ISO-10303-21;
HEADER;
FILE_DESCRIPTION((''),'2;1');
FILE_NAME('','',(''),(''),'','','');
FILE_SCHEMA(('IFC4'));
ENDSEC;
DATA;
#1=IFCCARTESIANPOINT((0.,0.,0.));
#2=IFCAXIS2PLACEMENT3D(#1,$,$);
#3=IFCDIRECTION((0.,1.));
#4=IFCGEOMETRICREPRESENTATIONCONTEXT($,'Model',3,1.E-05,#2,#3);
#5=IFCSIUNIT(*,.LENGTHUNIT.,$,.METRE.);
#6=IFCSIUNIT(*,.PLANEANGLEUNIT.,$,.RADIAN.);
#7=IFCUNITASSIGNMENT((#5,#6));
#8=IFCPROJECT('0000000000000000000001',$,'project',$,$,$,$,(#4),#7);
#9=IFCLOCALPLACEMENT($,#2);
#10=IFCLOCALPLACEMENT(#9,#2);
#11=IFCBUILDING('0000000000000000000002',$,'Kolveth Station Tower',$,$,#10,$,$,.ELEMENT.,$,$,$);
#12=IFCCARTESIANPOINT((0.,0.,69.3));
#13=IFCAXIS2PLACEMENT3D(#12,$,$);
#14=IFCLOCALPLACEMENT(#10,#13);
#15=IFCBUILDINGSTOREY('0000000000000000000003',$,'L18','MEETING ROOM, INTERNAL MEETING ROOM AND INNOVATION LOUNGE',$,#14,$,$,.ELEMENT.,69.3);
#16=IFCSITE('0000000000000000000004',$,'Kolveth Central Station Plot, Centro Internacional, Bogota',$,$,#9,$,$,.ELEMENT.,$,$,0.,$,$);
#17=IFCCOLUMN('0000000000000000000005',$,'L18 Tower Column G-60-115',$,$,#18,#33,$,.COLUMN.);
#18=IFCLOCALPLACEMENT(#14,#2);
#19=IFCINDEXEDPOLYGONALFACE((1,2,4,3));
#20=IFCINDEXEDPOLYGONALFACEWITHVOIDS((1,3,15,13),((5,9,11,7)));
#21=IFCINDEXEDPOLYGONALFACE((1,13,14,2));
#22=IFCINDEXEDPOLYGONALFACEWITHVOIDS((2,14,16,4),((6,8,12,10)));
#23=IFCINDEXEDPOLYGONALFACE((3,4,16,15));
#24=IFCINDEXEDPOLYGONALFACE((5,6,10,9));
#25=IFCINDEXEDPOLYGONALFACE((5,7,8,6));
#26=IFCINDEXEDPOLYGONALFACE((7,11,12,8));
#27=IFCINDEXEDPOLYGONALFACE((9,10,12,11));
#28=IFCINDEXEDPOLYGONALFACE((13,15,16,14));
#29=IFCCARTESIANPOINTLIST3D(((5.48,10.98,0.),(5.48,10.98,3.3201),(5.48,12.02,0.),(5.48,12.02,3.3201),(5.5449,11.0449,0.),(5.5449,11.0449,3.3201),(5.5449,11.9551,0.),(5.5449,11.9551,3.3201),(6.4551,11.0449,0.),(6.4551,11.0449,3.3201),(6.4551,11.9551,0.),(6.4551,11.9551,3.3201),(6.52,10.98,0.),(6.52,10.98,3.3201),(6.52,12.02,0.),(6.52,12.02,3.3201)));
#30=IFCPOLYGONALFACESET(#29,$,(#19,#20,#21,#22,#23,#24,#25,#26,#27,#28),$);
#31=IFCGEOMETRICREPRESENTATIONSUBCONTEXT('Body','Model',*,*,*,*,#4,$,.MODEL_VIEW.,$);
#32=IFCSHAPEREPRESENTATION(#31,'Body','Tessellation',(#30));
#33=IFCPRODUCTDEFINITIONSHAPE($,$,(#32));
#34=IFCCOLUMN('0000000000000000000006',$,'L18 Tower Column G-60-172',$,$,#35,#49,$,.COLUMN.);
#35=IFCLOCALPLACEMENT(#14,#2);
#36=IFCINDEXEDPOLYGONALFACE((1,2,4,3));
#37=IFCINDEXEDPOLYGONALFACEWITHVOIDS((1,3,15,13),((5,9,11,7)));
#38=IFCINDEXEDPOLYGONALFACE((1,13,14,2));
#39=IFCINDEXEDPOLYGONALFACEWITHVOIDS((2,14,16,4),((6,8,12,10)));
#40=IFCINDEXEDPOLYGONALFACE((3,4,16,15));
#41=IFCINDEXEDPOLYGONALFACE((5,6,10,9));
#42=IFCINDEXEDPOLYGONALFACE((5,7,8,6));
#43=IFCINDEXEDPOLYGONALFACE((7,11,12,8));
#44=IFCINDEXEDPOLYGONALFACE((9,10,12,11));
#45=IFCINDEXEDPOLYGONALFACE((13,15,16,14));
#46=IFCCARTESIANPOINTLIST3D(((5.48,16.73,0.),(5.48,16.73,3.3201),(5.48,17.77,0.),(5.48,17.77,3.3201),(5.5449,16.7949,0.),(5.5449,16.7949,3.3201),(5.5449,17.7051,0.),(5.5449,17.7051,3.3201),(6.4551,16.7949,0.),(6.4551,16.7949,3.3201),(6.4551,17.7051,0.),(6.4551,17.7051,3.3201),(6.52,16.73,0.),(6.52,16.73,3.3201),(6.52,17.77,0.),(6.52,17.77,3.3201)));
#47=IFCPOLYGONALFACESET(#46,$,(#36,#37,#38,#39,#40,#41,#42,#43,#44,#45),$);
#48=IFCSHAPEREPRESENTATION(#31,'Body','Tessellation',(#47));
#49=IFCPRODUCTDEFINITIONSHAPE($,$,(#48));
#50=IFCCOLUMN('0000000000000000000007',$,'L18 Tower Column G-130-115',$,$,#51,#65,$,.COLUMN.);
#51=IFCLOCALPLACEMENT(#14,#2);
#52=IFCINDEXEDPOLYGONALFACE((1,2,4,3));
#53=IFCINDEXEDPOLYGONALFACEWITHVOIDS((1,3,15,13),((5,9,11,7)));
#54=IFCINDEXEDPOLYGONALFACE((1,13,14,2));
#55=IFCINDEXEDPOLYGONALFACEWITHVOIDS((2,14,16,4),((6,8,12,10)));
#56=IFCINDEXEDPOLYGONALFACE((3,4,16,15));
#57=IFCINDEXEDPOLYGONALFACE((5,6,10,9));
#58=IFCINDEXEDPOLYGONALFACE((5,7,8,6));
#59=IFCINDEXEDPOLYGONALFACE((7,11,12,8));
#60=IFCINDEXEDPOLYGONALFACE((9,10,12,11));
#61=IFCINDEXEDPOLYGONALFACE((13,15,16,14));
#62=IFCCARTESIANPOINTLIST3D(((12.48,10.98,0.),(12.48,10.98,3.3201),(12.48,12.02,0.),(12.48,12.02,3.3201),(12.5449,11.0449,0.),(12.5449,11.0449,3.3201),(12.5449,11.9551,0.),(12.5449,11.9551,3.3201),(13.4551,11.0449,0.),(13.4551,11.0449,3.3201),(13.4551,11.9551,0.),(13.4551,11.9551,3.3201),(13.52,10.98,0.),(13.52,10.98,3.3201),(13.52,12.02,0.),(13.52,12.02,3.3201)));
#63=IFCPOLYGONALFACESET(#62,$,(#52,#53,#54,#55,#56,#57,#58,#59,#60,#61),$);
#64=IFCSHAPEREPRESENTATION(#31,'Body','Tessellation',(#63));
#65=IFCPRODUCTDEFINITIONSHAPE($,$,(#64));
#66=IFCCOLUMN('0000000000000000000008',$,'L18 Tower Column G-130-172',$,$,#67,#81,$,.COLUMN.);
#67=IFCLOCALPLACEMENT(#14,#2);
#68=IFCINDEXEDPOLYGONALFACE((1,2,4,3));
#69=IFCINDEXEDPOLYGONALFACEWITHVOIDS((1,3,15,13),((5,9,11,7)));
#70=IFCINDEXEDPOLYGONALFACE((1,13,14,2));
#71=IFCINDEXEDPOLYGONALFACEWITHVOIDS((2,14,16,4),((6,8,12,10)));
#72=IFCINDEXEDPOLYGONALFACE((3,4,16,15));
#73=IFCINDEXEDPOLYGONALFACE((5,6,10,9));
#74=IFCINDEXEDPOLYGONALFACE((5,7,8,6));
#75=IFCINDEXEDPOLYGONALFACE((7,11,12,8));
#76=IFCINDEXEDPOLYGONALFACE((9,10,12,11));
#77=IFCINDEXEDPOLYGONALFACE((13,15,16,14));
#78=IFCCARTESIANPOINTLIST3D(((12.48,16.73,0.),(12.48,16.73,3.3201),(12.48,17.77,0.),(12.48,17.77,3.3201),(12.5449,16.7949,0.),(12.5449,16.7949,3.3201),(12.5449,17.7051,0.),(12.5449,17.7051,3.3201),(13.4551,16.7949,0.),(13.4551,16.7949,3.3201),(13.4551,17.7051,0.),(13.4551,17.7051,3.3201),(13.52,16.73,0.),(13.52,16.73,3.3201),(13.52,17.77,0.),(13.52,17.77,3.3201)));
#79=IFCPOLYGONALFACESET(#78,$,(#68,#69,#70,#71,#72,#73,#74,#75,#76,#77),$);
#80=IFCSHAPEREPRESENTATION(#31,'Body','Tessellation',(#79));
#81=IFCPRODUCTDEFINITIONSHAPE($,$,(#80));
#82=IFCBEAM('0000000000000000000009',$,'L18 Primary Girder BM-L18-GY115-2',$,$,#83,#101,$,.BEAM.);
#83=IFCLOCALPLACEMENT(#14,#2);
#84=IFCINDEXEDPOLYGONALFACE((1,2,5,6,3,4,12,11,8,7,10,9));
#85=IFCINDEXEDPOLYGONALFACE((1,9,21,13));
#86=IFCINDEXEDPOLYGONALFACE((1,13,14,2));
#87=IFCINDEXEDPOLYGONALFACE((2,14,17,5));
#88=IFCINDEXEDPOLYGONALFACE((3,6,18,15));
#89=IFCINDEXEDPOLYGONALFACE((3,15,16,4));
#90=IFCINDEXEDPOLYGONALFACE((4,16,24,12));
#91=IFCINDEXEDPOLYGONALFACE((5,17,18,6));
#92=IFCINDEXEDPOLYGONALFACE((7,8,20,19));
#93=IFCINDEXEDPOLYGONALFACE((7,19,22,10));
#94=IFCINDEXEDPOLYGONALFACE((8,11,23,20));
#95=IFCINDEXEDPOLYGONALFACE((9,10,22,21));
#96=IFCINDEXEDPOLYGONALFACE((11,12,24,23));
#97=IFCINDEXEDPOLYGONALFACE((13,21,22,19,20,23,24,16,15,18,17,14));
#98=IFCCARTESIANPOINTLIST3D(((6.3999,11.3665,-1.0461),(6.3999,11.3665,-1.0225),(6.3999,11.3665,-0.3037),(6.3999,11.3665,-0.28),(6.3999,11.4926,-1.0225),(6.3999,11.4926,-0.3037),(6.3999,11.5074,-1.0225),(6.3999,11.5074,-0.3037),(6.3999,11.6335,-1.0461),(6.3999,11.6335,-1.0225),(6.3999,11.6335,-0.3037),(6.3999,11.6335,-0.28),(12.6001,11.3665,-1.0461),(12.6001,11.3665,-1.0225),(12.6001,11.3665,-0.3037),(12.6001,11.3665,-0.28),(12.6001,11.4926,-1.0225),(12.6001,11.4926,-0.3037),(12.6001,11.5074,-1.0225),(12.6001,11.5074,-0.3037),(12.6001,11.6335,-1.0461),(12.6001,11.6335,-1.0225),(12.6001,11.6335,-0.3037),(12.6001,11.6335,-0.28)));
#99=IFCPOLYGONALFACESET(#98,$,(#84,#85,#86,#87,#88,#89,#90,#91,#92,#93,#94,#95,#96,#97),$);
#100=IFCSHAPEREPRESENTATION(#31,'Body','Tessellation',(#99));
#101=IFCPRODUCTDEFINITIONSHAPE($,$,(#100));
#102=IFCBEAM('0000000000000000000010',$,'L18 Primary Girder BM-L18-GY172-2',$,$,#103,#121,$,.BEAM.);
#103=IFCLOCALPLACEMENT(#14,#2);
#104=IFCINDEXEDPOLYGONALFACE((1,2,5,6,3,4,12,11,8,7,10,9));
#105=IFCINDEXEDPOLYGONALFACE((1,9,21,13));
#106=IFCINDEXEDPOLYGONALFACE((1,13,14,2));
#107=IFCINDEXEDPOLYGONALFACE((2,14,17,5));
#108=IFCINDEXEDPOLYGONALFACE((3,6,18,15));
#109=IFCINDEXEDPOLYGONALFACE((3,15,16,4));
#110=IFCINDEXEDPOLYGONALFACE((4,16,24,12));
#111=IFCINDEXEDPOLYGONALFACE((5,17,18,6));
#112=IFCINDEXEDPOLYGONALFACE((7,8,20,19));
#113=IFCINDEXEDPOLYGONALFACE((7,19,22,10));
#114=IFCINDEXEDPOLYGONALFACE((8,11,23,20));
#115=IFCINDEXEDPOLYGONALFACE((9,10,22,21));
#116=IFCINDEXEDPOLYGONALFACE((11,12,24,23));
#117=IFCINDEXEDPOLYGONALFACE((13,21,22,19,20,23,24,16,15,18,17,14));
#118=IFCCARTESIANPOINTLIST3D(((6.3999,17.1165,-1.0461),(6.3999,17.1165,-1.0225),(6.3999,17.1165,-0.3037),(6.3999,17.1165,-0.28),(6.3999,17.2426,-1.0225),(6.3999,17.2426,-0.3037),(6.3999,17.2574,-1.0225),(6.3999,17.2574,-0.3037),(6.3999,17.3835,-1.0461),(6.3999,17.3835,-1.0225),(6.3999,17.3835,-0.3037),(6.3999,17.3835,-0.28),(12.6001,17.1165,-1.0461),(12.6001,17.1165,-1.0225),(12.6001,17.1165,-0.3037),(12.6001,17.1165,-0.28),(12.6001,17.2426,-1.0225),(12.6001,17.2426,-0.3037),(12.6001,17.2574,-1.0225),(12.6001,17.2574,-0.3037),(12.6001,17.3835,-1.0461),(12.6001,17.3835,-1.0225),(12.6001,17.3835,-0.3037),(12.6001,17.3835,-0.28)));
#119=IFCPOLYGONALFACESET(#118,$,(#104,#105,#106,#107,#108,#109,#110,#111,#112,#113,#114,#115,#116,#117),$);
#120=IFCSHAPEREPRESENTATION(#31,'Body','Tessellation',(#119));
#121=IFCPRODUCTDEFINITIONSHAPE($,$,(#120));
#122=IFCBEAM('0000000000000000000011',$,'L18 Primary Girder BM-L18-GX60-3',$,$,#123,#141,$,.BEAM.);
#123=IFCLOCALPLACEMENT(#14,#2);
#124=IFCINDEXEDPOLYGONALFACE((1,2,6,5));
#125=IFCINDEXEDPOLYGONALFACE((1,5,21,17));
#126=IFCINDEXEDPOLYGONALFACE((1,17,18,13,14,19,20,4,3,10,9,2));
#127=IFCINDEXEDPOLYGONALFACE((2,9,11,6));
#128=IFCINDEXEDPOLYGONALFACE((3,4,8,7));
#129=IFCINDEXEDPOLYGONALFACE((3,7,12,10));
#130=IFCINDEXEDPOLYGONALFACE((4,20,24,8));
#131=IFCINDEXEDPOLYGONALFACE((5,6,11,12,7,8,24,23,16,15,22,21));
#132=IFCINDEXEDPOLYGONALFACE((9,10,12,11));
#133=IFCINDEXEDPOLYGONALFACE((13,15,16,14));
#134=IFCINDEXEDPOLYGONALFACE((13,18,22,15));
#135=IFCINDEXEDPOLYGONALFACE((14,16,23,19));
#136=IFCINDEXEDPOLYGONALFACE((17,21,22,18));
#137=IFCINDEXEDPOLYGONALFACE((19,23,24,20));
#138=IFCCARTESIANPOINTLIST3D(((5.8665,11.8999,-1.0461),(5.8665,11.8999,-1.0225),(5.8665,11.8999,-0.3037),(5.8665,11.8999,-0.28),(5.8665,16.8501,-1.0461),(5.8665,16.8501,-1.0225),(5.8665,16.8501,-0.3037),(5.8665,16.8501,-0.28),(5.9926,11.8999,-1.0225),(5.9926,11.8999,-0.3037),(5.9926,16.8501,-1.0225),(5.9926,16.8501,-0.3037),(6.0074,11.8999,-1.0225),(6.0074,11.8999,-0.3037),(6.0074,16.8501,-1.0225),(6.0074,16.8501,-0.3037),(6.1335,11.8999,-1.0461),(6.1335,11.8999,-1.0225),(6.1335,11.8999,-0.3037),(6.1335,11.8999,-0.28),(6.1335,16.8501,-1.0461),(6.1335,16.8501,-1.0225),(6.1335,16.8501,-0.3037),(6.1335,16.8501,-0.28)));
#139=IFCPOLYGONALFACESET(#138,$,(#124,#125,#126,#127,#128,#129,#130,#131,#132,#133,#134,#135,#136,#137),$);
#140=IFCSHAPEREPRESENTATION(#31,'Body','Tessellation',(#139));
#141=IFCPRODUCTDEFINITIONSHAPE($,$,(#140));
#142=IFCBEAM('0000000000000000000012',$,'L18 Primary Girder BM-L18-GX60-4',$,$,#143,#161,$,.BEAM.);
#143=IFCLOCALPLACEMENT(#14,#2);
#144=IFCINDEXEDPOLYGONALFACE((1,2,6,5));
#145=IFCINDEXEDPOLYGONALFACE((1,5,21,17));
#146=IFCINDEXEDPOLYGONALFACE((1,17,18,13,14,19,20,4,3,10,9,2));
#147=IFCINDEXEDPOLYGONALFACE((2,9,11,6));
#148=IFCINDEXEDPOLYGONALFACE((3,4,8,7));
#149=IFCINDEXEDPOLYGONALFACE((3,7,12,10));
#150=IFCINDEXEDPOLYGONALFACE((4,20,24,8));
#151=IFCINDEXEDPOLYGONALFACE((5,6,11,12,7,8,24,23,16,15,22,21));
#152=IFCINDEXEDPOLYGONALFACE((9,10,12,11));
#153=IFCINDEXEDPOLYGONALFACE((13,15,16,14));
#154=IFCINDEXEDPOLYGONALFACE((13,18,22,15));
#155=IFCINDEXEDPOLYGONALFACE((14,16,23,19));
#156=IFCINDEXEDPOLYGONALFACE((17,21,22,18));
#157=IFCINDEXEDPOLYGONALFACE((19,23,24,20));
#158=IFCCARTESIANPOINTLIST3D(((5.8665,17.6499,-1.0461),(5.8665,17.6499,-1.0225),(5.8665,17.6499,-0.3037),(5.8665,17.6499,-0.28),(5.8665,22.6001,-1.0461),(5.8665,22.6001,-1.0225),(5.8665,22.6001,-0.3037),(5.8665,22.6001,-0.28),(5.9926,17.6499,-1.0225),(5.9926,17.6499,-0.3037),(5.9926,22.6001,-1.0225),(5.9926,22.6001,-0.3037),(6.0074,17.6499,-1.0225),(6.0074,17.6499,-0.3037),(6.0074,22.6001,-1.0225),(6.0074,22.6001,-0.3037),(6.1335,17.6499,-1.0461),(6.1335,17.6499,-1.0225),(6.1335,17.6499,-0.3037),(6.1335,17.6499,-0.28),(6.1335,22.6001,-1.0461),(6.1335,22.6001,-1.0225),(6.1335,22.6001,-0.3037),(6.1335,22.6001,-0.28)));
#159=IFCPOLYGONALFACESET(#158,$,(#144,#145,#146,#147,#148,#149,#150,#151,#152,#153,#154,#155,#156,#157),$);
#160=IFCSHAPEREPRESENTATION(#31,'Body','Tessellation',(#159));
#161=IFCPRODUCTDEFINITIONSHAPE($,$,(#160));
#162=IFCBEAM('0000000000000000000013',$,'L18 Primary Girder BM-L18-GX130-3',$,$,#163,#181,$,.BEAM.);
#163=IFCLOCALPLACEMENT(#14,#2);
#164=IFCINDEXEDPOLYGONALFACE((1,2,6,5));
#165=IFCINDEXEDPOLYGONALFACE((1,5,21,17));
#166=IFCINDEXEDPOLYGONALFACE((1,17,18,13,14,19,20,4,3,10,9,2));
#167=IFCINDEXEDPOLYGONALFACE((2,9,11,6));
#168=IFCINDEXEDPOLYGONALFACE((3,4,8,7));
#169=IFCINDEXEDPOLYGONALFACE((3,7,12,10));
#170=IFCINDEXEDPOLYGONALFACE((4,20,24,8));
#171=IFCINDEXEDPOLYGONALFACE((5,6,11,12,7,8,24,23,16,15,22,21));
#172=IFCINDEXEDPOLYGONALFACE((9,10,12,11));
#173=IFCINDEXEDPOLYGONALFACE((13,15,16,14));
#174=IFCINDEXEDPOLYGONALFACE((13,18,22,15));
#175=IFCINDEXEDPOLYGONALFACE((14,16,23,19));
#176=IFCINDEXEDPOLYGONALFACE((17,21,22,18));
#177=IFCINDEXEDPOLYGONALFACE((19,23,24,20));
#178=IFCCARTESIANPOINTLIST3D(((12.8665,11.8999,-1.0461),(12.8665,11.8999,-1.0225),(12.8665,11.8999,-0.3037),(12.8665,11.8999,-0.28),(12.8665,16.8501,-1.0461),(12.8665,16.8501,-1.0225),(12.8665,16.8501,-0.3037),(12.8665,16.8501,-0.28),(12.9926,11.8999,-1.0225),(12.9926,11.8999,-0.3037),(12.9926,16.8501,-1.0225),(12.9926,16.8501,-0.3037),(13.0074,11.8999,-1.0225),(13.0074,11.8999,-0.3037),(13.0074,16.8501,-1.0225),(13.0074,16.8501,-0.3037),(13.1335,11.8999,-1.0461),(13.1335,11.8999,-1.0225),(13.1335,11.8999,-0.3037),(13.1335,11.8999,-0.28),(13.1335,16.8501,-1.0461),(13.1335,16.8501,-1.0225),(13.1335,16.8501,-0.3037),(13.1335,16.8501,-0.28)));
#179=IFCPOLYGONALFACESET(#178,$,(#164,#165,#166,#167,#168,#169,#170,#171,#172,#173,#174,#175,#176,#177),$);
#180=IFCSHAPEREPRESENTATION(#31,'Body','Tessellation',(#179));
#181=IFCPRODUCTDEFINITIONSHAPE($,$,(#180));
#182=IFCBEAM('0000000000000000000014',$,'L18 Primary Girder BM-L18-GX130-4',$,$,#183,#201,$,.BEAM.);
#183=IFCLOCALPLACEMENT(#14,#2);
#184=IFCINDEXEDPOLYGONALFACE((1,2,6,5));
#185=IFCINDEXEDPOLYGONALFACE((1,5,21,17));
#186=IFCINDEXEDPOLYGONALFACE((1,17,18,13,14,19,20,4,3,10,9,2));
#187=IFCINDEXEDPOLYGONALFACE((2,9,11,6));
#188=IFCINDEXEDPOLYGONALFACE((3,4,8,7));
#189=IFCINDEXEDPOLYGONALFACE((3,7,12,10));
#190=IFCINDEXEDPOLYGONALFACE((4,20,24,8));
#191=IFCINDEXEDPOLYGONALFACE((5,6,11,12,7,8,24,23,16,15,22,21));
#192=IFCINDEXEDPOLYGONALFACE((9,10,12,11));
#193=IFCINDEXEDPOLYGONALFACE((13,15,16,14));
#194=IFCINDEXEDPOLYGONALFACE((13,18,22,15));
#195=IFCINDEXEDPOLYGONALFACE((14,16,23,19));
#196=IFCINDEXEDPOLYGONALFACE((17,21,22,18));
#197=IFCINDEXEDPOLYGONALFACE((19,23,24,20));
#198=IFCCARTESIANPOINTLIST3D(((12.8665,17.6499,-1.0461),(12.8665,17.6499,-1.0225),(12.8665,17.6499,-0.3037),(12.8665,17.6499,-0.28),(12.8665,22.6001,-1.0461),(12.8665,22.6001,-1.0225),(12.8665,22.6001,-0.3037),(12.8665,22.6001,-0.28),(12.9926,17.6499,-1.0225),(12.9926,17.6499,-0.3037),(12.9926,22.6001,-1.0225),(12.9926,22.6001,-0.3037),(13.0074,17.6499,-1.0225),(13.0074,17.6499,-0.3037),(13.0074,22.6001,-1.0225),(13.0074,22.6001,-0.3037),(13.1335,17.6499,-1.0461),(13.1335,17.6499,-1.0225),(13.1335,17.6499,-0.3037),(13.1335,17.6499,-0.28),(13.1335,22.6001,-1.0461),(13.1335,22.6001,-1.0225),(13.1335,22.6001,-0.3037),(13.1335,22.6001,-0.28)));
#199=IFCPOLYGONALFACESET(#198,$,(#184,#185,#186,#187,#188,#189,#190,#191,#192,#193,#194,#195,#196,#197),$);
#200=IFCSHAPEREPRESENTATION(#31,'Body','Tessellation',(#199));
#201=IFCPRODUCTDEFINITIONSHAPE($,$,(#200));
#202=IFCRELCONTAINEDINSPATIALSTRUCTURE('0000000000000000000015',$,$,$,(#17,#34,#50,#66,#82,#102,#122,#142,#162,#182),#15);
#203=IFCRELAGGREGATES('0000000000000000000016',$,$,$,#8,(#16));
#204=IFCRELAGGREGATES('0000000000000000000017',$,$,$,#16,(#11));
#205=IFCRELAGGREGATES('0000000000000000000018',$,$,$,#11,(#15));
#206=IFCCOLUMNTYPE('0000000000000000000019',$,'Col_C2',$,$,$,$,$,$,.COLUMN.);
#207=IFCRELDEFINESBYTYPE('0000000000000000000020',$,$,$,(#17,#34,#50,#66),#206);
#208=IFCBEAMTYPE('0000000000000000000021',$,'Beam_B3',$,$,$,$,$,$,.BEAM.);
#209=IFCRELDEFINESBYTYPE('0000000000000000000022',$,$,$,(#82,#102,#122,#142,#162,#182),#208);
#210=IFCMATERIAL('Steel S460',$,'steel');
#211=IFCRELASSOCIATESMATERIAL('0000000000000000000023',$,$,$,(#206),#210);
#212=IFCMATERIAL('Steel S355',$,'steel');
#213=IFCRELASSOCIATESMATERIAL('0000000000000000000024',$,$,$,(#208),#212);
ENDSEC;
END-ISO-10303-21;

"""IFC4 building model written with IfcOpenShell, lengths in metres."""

from ifc_helpers import new_model, si_unit, direction, frame, origin, origin_2d, place, context, subcontext, project, spatial, hollow_rectangle, i_section, extrude, source, transform, mapped, material, material_profile, profile_set, type_object, element, save


model = new_model("IFC4")

# Units and contexts
model_context = context("Model", 3, precision=1e-05, world=origin(), true_north=direction((0.0, 1.0)))
body_context = subcontext(model_context, "Body", "Model", "MODEL_VIEW")
ifc_project = project(units=[si_unit("LENGTHUNIT", "METRE"), si_unit("PLANEANGLEUNIT", "RADIAN")], contexts=[model_context])

# Site, building, storey
site_placement = place(None, origin())
site = spatial("IfcSite", under=ifc_project, at=site_placement, Name="Kolveth Central Station Plot, Centro Internacional, Bogota", CompositionType="ELEMENT", RefElevation=0.0)
building_placement = place(site_placement, origin())
building = spatial("IfcBuilding", under=site, at=building_placement, Name="Kolveth Station Tower", CompositionType="ELEMENT")
storey_placement = place(building_placement, frame((0.0, 0.0, 69.3)))
storey = spatial("IfcBuildingStorey", under=building, at=storey_placement, Name="L18", Description="MEETING ROOM, INTERNAL MEETING ROOM AND INNOVATION LOUNGE", CompositionType="ELEMENT", Elevation=69.3)

# Columns
ifc_material_1 = material(Name="Steel S460", Category="steel")
ifc_material_profile_1 = material_profile(ifc_material_1, hollow_rectangle(XDim=1.04, YDim=1.04, WallThickness=0.0649, at=origin_2d()), Name="BOX1040x1040x65")
ifc_profile_set_1 = profile_set([ifc_material_profile_1], Name="Steel S460")
column_type = type_object("IfcColumnType", Name="Col_C2", PredefinedType="COLUMN", material=ifc_profile_set_1)
shared_shape_1 = source(origin(), body_context, "Body", "SweptSolid", [
    extrude(hollow_rectangle(XDim=1.04, YDim=1.04, WallThickness=0.0649, at=origin_2d()), origin(), (0.0, 0.0, 1.0), 3.3201),
])
for number, where, z_axis, x_axis, name in (
    (1, (6.0, 11.5, 0.0), (0.0, 0.0, 1.0), (1.0, 0.0, 0.0), "L18 Tower Column G-60-115"),
    (2, (6.0, 17.25, 0.0), (0.0, 0.0, 1.0), (1.0, 0.0, 0.0), "L18 Tower Column G-60-172"),
    (3, (13.0, 11.5, 0.0), (0.0, 0.0, 1.0), (1.0, 0.0, 0.0), "L18 Tower Column G-130-115"),
    (4, (13.0, 17.25, 0.0), (0.0, 0.0, 1.0), (1.0, 0.0, 0.0), "L18 Tower Column G-130-172"),
):
    element("IfcColumn", number, at=place(storey_placement, frame(where, z_axis=z_axis, x_axis=x_axis)), inside=storey, type_object=column_type, Name=name, PredefinedType="COLUMN", context=body_context, shape_type="MappedRepresentation", body=[
        mapped(shared_shape_1, transform((0.0, 0.0, 0.0), x_axis=(1.0, 0.0, 0.0), y_axis=(0.0, 1.0, 0.0), z_axis=(0.0, 0.0, 1.0), scale=1.0)),
    ])

# Beams
ifc_material_2 = material(Name="Steel S355", Category="steel")
ifc_material_profile_2 = material_profile(ifc_material_2, i_section(OverallWidth=0.2671, OverallDepth=0.7661, WebThickness=0.0149, FlangeThickness=0.0237, at=origin_2d()), Name="W760x185")
ifc_profile_set_2 = profile_set([ifc_material_profile_2], Name="Steel S355")
beam_type_1 = type_object("IfcBeamType", Name="Beam_B3", PredefinedType="BEAM", material=ifc_profile_set_2)
shared_shape_2 = source(origin(), body_context, "Body", "SweptSolid", [
    extrude(i_section(OverallWidth=0.2671, OverallDepth=0.7661, WebThickness=0.0149, FlangeThickness=0.0237, at=origin_2d()), origin(), (0.0, 0.0, 1.0), 6.2002),
])
for number, where, z_axis, x_axis, name in (
    (5, (6.3999, 11.5, -0.6631), (1.0, 0.0, 0.0), (0.0, 1.0, 0.0), "L18 Primary Girder BM-L18-GY115-2"),
    (6, (6.3999, 17.25, -0.6631), (1.0, 0.0, 0.0), (0.0, 1.0, 0.0), "L18 Primary Girder BM-L18-GY172-2"),
):
    element("IfcBeam", number, at=place(storey_placement, frame(where, z_axis=z_axis, x_axis=x_axis)), inside=storey, type_object=beam_type_1, Name=name, PredefinedType="BEAM", context=body_context, shape_type="MappedRepresentation", body=[
        mapped(shared_shape_2, transform((0.0, 0.0, 0.0), x_axis=(1.0, 0.0, 0.0), y_axis=(0.0, 1.0, 0.0), z_axis=(0.0, 0.0, 1.0), scale=1.0)),
    ])
shared_shape_3 = source(origin(), body_context, "Body", "SweptSolid", [
    extrude(i_section(OverallWidth=0.2671, OverallDepth=0.7661, WebThickness=0.0149, FlangeThickness=0.0237, at=origin_2d()), origin(), (0.0, 0.0, 1.0), 4.9502),
])
for number, where, z_axis, x_axis, name in (
    (7, (6.0, 11.8999, -0.6631), (0.0, 1.0, 0.0), (-1.0, 0.0, 0.0), "L18 Primary Girder BM-L18-GX60-3"),
    (8, (6.0, 17.6499, -0.6631), (0.0, 1.0, 0.0), (-1.0, 0.0, 0.0), "L18 Primary Girder BM-L18-GX60-4"),
    (9, (13.0, 11.8999, -0.6631), (0.0, 1.0, 0.0), (-1.0, 0.0, 0.0), "L18 Primary Girder BM-L18-GX130-3"),
    (10, (13.0, 17.6499, -0.6631), (0.0, 1.0, 0.0), (-1.0, 0.0, 0.0), "L18 Primary Girder BM-L18-GX130-4"),
):
    element("IfcBeam", number, at=place(storey_placement, frame(where, z_axis=z_axis, x_axis=x_axis)), inside=storey, type_object=beam_type_1, Name=name, PredefinedType="BEAM", context=body_context, shape_type="MappedRepresentation", body=[
        mapped(shared_shape_3, transform((0.0, 0.0, 0.0), x_axis=(1.0, 0.0, 0.0), y_axis=(0.0, 1.0, 0.0), z_axis=(0.0, 0.0, 1.0), scale=1.0)),
    ])

save(model, "model.ifc")
